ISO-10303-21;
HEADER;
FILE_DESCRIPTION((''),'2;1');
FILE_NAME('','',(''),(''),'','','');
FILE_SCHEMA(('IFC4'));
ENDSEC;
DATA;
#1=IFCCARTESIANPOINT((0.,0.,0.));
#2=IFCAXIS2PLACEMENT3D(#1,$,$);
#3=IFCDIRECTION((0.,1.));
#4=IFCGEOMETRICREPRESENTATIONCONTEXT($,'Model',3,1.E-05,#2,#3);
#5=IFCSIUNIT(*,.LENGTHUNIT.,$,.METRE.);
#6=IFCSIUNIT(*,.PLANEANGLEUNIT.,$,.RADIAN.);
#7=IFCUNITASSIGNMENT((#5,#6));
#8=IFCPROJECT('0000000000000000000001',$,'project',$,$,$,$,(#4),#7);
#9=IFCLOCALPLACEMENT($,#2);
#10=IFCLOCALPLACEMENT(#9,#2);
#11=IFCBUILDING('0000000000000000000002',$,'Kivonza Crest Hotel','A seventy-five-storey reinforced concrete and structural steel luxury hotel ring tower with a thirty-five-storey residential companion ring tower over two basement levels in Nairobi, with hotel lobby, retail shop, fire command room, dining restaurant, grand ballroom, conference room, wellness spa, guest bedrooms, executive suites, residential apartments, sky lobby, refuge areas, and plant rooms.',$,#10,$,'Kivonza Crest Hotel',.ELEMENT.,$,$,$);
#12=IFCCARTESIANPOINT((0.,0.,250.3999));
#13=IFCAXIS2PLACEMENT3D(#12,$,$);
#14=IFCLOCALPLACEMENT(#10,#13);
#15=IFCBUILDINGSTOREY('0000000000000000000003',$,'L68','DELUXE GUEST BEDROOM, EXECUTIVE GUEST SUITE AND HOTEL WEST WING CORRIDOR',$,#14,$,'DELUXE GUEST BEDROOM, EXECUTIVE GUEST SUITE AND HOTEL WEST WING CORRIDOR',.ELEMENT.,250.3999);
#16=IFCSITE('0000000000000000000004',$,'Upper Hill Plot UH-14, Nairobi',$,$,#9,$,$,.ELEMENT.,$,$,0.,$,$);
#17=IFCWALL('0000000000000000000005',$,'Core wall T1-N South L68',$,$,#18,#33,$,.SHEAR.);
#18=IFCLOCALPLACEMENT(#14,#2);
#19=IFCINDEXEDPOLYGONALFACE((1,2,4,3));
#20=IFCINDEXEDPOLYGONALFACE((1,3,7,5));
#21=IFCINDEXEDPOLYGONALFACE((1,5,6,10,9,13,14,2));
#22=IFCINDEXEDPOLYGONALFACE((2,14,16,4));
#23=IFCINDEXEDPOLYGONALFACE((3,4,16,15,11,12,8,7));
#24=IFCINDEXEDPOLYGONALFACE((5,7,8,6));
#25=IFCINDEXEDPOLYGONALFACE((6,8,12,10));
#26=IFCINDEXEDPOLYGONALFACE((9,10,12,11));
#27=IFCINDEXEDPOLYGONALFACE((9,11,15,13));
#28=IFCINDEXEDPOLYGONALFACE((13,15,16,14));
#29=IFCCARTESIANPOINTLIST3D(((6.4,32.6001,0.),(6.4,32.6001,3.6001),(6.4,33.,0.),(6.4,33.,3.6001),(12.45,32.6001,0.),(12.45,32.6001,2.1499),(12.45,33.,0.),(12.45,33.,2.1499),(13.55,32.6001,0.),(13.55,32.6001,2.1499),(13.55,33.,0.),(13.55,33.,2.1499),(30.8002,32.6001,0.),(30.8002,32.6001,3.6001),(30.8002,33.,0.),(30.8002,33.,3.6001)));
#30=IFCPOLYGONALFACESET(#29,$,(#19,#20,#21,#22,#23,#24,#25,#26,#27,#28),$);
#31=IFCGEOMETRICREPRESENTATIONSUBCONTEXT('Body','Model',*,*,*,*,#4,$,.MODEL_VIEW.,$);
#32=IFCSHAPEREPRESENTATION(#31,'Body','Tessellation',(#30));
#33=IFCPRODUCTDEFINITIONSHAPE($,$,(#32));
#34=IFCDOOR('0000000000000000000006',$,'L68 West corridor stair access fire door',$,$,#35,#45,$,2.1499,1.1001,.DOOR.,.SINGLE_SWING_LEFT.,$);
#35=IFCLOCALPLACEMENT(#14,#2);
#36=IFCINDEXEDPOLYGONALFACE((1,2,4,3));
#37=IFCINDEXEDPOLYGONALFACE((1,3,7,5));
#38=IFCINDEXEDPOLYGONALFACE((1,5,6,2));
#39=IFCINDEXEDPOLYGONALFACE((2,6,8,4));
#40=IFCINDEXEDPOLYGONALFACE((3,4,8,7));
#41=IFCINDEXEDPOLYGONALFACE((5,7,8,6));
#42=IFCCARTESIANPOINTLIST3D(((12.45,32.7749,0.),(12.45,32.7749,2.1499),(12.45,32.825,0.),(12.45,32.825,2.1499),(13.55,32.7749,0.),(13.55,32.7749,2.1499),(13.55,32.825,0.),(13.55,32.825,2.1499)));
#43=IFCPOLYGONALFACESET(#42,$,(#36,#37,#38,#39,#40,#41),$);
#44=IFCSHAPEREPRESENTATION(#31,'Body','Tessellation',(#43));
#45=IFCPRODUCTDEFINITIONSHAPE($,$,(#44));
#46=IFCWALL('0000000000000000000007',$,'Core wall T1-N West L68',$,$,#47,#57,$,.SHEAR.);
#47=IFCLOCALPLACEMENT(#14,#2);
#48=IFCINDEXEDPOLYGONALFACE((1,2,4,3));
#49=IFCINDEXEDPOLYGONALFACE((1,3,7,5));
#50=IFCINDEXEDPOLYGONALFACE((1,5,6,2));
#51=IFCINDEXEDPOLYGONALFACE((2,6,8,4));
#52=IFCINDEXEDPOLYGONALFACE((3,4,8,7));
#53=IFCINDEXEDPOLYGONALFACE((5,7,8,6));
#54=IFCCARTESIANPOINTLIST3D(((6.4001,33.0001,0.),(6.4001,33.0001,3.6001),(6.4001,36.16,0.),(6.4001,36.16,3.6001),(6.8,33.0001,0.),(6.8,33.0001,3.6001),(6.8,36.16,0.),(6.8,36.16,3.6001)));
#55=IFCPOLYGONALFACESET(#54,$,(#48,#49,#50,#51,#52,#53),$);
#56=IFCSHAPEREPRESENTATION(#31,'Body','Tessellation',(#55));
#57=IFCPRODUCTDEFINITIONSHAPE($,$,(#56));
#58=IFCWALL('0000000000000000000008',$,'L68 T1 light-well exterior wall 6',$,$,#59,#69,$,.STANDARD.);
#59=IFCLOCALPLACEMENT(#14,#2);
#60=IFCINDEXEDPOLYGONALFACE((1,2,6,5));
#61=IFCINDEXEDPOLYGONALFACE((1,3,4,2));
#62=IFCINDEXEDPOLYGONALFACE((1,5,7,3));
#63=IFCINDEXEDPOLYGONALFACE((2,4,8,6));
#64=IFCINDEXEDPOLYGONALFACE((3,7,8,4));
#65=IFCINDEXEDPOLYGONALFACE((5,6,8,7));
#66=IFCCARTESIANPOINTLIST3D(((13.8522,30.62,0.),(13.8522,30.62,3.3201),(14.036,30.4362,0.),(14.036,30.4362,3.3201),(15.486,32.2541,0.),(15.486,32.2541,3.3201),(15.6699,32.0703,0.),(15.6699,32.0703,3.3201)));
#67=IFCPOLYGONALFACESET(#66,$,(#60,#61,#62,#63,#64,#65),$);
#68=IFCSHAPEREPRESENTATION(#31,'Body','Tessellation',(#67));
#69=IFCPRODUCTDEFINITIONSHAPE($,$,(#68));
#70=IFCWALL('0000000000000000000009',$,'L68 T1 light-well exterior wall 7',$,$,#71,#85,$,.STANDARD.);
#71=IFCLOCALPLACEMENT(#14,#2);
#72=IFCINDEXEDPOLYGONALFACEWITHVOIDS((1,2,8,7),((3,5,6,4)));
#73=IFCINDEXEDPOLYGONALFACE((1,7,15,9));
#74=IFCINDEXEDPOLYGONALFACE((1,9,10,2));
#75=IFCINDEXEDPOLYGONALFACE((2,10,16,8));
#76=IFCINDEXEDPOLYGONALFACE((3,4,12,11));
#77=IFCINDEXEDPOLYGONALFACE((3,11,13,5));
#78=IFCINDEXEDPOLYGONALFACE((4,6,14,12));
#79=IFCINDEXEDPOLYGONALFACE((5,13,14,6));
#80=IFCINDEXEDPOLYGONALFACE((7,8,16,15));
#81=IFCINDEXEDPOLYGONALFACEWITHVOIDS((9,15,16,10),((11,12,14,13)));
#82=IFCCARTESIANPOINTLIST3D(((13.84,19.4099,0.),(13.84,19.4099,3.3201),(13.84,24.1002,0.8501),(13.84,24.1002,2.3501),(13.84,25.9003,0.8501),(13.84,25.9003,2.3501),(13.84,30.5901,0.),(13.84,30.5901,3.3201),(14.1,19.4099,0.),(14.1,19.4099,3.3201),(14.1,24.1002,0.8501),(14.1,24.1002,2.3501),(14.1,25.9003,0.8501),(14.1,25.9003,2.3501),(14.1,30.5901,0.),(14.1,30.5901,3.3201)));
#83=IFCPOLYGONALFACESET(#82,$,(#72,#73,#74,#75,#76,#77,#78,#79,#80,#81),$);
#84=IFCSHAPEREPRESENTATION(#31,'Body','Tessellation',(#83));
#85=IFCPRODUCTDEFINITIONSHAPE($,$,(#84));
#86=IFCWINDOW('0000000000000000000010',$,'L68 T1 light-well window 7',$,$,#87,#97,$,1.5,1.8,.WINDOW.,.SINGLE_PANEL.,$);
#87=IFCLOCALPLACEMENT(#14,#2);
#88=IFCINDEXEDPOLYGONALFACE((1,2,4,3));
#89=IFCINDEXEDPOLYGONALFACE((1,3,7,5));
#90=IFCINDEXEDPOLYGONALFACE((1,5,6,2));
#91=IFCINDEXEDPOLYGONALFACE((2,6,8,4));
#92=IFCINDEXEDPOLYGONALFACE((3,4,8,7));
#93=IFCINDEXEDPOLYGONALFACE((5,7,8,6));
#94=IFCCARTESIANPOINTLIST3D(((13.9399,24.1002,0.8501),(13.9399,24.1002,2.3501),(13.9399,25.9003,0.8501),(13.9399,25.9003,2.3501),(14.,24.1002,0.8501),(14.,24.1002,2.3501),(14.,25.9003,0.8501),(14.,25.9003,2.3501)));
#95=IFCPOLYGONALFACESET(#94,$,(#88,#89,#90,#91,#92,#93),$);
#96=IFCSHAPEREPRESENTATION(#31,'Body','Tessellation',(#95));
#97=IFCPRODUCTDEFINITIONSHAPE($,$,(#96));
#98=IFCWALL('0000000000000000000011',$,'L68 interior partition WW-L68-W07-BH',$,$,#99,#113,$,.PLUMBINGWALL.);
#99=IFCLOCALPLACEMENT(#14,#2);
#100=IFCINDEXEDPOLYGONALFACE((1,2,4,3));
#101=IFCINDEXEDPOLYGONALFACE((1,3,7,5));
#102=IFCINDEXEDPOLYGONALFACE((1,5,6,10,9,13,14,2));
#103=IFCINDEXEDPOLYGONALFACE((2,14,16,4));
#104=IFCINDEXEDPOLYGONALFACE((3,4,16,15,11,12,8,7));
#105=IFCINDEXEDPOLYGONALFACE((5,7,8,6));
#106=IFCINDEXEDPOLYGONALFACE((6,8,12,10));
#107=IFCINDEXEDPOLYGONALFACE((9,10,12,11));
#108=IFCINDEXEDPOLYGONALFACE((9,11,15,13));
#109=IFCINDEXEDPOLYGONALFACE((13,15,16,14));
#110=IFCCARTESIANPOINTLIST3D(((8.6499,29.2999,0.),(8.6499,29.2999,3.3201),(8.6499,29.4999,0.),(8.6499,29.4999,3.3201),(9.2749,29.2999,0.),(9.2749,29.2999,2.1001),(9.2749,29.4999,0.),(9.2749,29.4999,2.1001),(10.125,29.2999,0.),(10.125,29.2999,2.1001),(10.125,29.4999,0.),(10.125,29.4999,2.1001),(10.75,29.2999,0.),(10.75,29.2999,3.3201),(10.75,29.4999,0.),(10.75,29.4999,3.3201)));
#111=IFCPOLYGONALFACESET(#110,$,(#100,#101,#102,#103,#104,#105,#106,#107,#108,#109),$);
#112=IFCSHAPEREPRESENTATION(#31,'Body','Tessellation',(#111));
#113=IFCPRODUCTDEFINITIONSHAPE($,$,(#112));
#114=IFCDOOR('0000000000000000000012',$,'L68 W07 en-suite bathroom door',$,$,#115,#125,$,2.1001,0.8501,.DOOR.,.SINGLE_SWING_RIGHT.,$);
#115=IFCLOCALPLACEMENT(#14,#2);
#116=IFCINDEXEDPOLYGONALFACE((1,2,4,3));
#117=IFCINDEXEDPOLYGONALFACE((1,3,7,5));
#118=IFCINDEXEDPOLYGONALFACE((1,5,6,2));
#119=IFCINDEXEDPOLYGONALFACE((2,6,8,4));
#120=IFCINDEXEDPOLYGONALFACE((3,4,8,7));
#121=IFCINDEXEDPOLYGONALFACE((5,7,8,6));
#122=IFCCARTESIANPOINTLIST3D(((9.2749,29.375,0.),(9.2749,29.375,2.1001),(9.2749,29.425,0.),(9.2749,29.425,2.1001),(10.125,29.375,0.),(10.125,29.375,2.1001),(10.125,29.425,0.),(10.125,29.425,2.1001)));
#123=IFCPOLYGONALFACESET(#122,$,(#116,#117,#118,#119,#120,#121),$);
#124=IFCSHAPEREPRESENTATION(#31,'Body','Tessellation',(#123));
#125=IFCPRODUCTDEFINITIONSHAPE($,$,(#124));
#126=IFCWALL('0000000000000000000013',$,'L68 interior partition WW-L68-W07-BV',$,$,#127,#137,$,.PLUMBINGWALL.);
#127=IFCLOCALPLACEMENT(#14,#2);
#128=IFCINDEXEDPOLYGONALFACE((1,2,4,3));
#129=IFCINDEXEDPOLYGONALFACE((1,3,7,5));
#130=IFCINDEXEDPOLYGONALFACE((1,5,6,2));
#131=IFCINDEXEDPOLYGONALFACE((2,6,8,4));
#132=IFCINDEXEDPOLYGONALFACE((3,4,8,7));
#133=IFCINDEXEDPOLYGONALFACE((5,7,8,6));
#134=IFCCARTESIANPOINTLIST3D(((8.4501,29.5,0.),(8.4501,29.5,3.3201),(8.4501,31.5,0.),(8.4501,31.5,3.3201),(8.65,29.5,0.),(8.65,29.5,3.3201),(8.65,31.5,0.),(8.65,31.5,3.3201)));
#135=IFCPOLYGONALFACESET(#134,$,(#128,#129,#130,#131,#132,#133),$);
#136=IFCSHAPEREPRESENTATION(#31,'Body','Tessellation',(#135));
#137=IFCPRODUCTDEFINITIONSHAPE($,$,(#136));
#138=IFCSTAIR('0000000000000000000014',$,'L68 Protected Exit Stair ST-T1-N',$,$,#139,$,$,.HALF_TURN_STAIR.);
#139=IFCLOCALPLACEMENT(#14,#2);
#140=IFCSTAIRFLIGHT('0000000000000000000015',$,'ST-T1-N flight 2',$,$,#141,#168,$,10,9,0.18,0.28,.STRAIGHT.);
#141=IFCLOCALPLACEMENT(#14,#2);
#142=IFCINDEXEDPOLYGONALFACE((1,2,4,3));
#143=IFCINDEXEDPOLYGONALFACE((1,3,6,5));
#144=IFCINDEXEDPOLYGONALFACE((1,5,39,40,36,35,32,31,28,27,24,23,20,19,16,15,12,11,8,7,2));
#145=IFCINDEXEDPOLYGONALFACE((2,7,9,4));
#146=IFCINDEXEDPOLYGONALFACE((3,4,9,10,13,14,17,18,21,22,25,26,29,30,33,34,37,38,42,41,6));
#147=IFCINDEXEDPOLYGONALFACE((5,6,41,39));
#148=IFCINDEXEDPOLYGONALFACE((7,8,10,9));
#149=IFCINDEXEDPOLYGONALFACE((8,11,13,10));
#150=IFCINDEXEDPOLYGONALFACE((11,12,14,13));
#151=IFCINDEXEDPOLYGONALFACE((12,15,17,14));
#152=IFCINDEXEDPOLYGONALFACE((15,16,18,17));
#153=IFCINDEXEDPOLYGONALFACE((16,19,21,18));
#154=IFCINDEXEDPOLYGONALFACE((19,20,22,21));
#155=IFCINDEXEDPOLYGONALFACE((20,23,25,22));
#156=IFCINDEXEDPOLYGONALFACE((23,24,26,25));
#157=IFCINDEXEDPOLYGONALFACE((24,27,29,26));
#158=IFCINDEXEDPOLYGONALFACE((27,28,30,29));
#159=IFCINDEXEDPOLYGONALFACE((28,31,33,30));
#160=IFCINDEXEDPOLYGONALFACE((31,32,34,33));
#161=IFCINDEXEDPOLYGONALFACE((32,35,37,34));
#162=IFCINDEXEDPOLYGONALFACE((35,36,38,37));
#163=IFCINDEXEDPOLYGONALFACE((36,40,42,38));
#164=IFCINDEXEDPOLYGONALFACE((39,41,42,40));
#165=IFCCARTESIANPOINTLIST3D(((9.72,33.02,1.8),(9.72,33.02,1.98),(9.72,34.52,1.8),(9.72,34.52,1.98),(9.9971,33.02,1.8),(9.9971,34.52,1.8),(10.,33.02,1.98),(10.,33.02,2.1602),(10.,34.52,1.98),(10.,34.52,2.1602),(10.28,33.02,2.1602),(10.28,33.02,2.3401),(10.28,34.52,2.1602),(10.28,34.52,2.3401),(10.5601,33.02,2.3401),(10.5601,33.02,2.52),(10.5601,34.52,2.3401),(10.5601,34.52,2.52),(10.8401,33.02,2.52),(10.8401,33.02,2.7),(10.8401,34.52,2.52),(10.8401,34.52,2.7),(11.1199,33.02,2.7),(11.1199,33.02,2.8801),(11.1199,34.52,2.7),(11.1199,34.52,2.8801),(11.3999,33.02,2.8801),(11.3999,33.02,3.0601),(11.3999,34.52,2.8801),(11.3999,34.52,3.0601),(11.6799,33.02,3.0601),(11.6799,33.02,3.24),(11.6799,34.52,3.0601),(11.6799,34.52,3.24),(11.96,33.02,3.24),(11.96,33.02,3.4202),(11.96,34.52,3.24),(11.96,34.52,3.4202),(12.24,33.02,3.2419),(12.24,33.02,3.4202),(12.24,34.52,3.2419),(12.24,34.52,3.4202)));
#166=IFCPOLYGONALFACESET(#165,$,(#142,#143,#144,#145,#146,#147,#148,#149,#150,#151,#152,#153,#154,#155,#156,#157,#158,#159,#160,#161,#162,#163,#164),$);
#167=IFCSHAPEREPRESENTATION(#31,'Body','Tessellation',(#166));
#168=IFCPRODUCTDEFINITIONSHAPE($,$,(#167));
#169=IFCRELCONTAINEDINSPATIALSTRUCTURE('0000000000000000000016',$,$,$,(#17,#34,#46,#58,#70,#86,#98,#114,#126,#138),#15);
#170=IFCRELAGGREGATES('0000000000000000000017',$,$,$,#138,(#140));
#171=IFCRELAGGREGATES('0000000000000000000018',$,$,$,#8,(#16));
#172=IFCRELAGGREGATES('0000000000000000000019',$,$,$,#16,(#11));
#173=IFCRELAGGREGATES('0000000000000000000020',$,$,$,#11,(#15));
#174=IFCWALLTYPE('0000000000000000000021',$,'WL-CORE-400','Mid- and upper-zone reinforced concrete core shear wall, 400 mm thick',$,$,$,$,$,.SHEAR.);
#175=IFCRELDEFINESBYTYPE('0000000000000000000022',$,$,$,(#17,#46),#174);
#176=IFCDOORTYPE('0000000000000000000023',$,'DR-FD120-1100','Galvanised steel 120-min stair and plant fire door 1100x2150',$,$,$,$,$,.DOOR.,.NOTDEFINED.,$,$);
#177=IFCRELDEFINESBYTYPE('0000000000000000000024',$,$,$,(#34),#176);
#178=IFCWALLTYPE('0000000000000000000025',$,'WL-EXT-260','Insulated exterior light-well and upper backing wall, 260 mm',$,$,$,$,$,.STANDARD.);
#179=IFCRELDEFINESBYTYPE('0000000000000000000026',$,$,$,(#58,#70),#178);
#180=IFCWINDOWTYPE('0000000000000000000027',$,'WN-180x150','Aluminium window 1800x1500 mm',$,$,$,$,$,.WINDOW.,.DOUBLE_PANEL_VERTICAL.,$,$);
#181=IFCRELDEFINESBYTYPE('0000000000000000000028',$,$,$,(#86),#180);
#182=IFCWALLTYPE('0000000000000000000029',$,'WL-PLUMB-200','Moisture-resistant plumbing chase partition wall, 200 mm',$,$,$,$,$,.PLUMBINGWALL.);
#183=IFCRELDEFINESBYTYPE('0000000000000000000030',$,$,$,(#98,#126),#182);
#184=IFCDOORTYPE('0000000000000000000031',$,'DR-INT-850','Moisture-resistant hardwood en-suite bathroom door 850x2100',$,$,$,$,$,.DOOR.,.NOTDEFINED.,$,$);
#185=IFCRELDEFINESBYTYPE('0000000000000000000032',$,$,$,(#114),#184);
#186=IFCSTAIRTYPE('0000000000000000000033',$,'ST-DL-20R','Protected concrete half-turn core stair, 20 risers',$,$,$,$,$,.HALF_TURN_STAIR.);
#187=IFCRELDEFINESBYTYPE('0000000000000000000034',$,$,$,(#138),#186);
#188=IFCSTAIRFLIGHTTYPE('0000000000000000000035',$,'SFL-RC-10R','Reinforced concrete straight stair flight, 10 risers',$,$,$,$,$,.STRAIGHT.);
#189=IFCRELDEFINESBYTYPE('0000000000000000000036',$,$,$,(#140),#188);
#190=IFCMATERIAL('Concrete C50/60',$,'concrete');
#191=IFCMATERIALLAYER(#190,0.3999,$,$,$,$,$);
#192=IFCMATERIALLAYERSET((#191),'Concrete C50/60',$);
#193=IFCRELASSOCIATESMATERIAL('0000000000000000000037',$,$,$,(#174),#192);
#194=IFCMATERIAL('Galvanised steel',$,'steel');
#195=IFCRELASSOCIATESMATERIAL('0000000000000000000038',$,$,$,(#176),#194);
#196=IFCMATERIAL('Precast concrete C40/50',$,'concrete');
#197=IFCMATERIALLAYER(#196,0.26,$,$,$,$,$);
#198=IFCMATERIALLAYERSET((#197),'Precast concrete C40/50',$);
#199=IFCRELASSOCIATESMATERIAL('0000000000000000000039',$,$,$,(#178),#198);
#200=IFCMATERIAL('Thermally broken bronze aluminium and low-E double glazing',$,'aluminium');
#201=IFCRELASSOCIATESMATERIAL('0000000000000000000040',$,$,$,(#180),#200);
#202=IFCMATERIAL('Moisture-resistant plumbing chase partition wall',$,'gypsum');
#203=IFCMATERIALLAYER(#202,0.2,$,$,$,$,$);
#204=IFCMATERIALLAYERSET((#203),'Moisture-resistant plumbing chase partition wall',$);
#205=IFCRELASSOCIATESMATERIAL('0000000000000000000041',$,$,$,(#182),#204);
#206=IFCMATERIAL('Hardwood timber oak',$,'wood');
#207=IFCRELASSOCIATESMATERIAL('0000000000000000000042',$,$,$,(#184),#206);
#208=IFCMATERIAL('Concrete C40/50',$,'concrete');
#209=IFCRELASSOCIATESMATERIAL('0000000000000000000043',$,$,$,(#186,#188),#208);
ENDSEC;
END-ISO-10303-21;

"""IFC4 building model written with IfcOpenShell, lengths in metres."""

from ifc_helpers import new_model, si_unit, direction, frame, frame_2d, origin, place, context, subcontext, project, spatial, polyline, rectangle, outline, extrude, material, layer, layer_set, type_object, element, fill, aggregate, save


model = new_model("IFC4")

# Units and contexts
model_context = context("Model", 3, precision=1e-05, world=origin(), true_north=direction((0.0, 1.0)))
body_context = subcontext(model_context, "Body", "Model", "MODEL_VIEW")
ifc_project = project(units=[si_unit("LENGTHUNIT", "METRE"), si_unit("PLANEANGLEUNIT", "RADIAN")], contexts=[model_context])

# Site, building, storey
site_placement = place(None, origin())
site = spatial("IfcSite", under=ifc_project, at=site_placement, Name="Upper Hill Plot UH-14, Nairobi", CompositionType="ELEMENT", RefElevation=0.0)
building_placement = place(site_placement, origin())
building = spatial("IfcBuilding", under=site, at=building_placement, Name="Kivonza Crest Hotel", Description="A seventy-five-storey reinforced concrete and structural steel luxury hotel ring tower with a thirty-five-storey residential companion ring tower over two basement levels in Nairobi, with hotel lobby, retail shop, fire command room, dining restaurant, grand ballroom, conference room, wellness spa, guest bedrooms, executive suites, residential apartments, sky lobby, refuge areas, and plant rooms.", LongName="Kivonza Crest Hotel", CompositionType="ELEMENT")
storey_placement = place(building_placement, frame((0.0, 0.0, 250.3999)))
storey = spatial("IfcBuildingStorey", under=building, at=storey_placement, Name="L68", Description="DELUXE GUEST BEDROOM, EXECUTIVE GUEST SUITE AND HOTEL WEST WING CORRIDOR", LongName="DELUXE GUEST BEDROOM, EXECUTIVE GUEST SUITE AND HOTEL WEST WING CORRIDOR", CompositionType="ELEMENT", Elevation=250.3999)

# Shared definitions
ifc_material_1 = material(Name="Concrete C50/60", Category="concrete")

# Wall, opening, door
ifc_material_2 = material(Name="Hardwood timber oak", Category="wood")
ifc_layer_1 = layer(ifc_material_1, 0.3999)
ifc_layer_set_1 = layer_set([ifc_layer_1], Name="Concrete C50/60")
wall_type_1 = type_object("IfcWallType", Name="WL-CORE-400", Description="Mid- and upper-zone reinforced concrete core shear wall, 400 mm thick", PredefinedType="SHEAR", material=ifc_layer_set_1)
wall_1_placement = place(storey_placement, frame((6.3999, 32.8, 0.0), z_axis=(0.0, 0.0, 1.0), x_axis=(1.0, 0.0, 0.0)))
wall_1 = element("IfcWall", 1, at=wall_1_placement, inside=storey, type_object=wall_type_1, Name="Core wall T1-N South L68", PredefinedType="SHEAR", context=body_context, shape_type="SweptSolid", body=[
    extrude(rectangle(XDim=24.4001, YDim=0.3999, at=frame_2d((12.2002, 0.0))), origin(), (0.0, 0.0, 1.0), 3.6001),
])
opening_1_placement = place(wall_1_placement, frame((6.05, 0.0, 0.0)))
opening_1 = element("IfcOpeningElement", 2, at=opening_1_placement, cuts=wall_1, PredefinedType="OPENING", context=body_context, shape_type="SweptSolid", body=[
    extrude(rectangle(XDim=1.1001, YDim=2.1499, at=frame_2d((0.55, 1.075))), frame((0.0, 0.21, 0.0), z_axis=(0.0, -1.0, 0.0), x_axis=(1.0, 0.0, 0.0)), (0.0, 0.0, 1.0), 0.4199),
])
ifc_material_3 = material(Name="Galvanised steel", Category="steel")
door_type_1 = type_object("IfcDoorType", Name="DR-FD120-1100", Description="Galvanised steel 120-min stair and plant fire door 1100x2150", OperationType="NOTDEFINED", PredefinedType="DOOR", material=ifc_material_3)
door_1_placement = place(opening_1_placement, origin())
door_1 = element("IfcDoor", 3, at=door_1_placement, inside=storey, type_object=door_type_1, Name="L68 West corridor stair access fire door", OperationType="SINGLE_SWING_LEFT", OverallHeight=2.1499, OverallWidth=1.1001, PredefinedType="DOOR", context=body_context, shape_type="SweptSolid", body=[
    extrude(rectangle(XDim=1.1001, YDim=2.1499, at=frame_2d((0.55, 1.075))), frame((0.0, 0.0249, 0.0), z_axis=(0.0, -1.0, 0.0), x_axis=(1.0, 0.0, 0.0)), (0.0, 0.0, 1.0), 0.05),
])
fill(opening_1, door_1)

# Walls
wall_2_placement = place(storey_placement, frame((6.6001, 33.0, 0.0), z_axis=(0.0, 0.0, 1.0), x_axis=(0.0, 1.0, 0.0)))
element("IfcWall", 4, at=wall_2_placement, inside=storey, type_object=wall_type_1, Name="Core wall T1-N West L68", PredefinedType="SHEAR", context=body_context, shape_type="SweptSolid", body=[
    extrude(rectangle(XDim=3.1599, YDim=0.3999, at=frame_2d((1.5801, 0.0))), origin(), (0.0, 0.0, 1.0), 3.6001),
])
ifc_material_4 = material(Name="Precast concrete C40/50", Category="concrete")
ifc_layer_2 = layer(ifc_material_4, 0.26)
ifc_layer_set_2 = layer_set([ifc_layer_2], Name="Precast concrete C40/50")
wall_type_2 = type_object("IfcWallType", Name="WL-EXT-260", Description="Insulated exterior light-well and upper backing wall, 260 mm", PredefinedType="STANDARD", material=ifc_layer_set_2)
wall_3_placement = place(storey_placement, frame((15.5779, 32.1621, 0.0), z_axis=(0.0, 0.0, 1.0), x_axis=(-0.707054, -0.70716, 0.0)))
element("IfcWall", 5, at=wall_3_placement, inside=storey, type_object=wall_type_2, Name="L68 T1 light-well exterior wall 6", PredefinedType="STANDARD", context=body_context, shape_type="SweptSolid", body=[
    extrude(rectangle(XDim=2.3108, YDim=0.26, at=frame_2d((1.1553, 0.0))), origin(), (0.0, 0.0, 1.0), 3.3201),
])

# Wall, opening, window
wall_4_placement = place(storey_placement, frame((13.97, 30.5901, 0.0), z_axis=(0.0, 0.0, 1.0), x_axis=(0.0, -1.0, 0.0)))
wall_4 = element("IfcWall", 6, at=wall_4_placement, inside=storey, type_object=wall_type_2, Name="L68 T1 light-well exterior wall 7", PredefinedType="STANDARD", context=body_context, shape_type="SweptSolid", body=[
    extrude(rectangle(XDim=11.1802, YDim=0.26, at=frame_2d((5.5901, 0.0))), origin(), (0.0, 0.0, 1.0), 3.3201),
])
opening_2_placement = place(wall_4_placement, frame((4.6899, 0.0, 0.8501)))
opening_2 = element("IfcOpeningElement", 7, at=opening_2_placement, cuts=wall_4, PredefinedType="OPENING", context=body_context, shape_type="SweptSolid", body=[
    extrude(rectangle(XDim=1.8, YDim=1.5, at=frame_2d((0.8999, 0.75))), frame((0.0, 0.1401, 0.0), z_axis=(0.0, -1.0, 0.0), x_axis=(1.0, 0.0, 0.0)), (0.0, 0.0, 1.0), 0.28),
])
ifc_material_5 = material(Name="Thermally broken bronze aluminium and low-E double glazing", Category="aluminium")
window_type = type_object("IfcWindowType", Name="WN-180x150", Description="Aluminium window 1800x1500 mm", PartitioningType="DOUBLE_PANEL_VERTICAL", PredefinedType="WINDOW", material=ifc_material_5)
window_placement = place(opening_2_placement, origin())
window = element("IfcWindow", 8, at=window_placement, inside=storey, type_object=window_type, Name="L68 T1 light-well window 7", OverallHeight=1.5, OverallWidth=1.8, PartitioningType="SINGLE_PANEL", PredefinedType="WINDOW", context=body_context, shape_type="SweptSolid", body=[
    extrude(rectangle(XDim=1.8, YDim=1.5, at=frame_2d((0.8999, 0.75))), frame((0.0, 0.03, 0.0), z_axis=(0.0, -1.0, 0.0), x_axis=(1.0, 0.0, 0.0)), (0.0, 0.0, 1.0), 0.0601),
])
fill(opening_2, window)

# Wall, opening, door
ifc_material_6 = material(Name="Moisture-resistant plumbing chase partition wall", Category="gypsum")
ifc_layer_3 = layer(ifc_material_6, 0.2)
ifc_layer_set_3 = layer_set([ifc_layer_3], Name="Moisture-resistant plumbing chase partition wall")
wall_type_3 = type_object("IfcWallType", Name="WL-PLUMB-200", Description="Moisture-resistant plumbing chase partition wall, 200 mm", PredefinedType="PLUMBINGWALL", material=ifc_layer_set_3)
wall_5_placement = place(storey_placement, frame((8.6499, 29.3999, 0.0), z_axis=(0.0, 0.0, 1.0), x_axis=(1.0, 0.0, 0.0)))
wall_5 = element("IfcWall", 9, at=wall_5_placement, inside=storey, type_object=wall_type_3, Name="L68 interior partition WW-L68-W07-BH", PredefinedType="PLUMBINGWALL", context=body_context, shape_type="SweptSolid", body=[
    extrude(rectangle(XDim=2.1001, YDim=0.2, at=frame_2d((1.05, 0.0))), origin(), (0.0, 0.0, 1.0), 3.3201),
])
opening_3_placement = place(wall_5_placement, frame((0.625, 0.0, 0.0)))
opening_3 = element("IfcOpeningElement", 10, at=opening_3_placement, cuts=wall_5, PredefinedType="OPENING", context=body_context, shape_type="SweptSolid", body=[
    extrude(rectangle(XDim=0.8501, YDim=2.1001, at=frame_2d((0.425, 1.05))), frame((0.0, 0.1099, 0.0), z_axis=(0.0, -1.0, 0.0), x_axis=(1.0, 0.0, 0.0)), (0.0, 0.0, 1.0), 0.22),
])
door_type_2 = type_object("IfcDoorType", Name="DR-INT-850", Description="Moisture-resistant hardwood en-suite bathroom door 850x2100", OperationType="NOTDEFINED", PredefinedType="DOOR", material=ifc_material_2)
door_2_placement = place(opening_3_placement, frame((0.8501, 0.0, 0.0), z_axis=(0.0, 0.0, 1.0), x_axis=(-1.0, 0.0, 0.0)))
door_2 = element("IfcDoor", 11, at=door_2_placement, inside=storey, type_object=door_type_2, Name="L68 W07 en-suite bathroom door", OperationType="SINGLE_SWING_RIGHT", OverallHeight=2.1001, OverallWidth=0.8501, PredefinedType="DOOR", context=body_context, shape_type="SweptSolid", body=[
    extrude(rectangle(XDim=0.8501, YDim=2.1001, at=frame_2d((0.425, 1.05))), frame((0.0, 0.0249, 0.0), z_axis=(0.0, -1.0, 0.0), x_axis=(1.0, 0.0, 0.0)), (0.0, 0.0, 1.0), 0.05),
])
fill(opening_3, door_2)

# Wall
wall_6_placement = place(storey_placement, frame((8.55, 29.5, 0.0), z_axis=(0.0, 0.0, 1.0), x_axis=(0.0, 1.0, 0.0)))
element("IfcWall", 12, at=wall_6_placement, inside=storey, type_object=wall_type_3, Name="L68 interior partition WW-L68-W07-BV", PredefinedType="PLUMBINGWALL", context=body_context, shape_type="SweptSolid", body=[
    extrude(rectangle(XDim=2.0, YDim=0.2, at=frame_2d((1.0, 0.0))), origin(), (0.0, 0.0, 1.0), 3.3201),
])

# Stair, stair flight
ifc_material_7 = material(Name="Concrete C40/50", Category="concrete")
stair_type = type_object("IfcStairType", Name="ST-DL-20R", Description="Protected concrete half-turn core stair, 20 risers", PredefinedType="HALF_TURN_STAIR", material=ifc_material_7)
stair_placement = place(storey_placement, origin())
stair = element("IfcStair", 13, at=stair_placement, inside=storey, type_object=stair_type, Name="L68 Protected Exit Stair ST-T1-N", PredefinedType="HALF_TURN_STAIR")
stair_flight_type = type_object("IfcStairFlightType", Name="SFL-RC-10R", Description="Reinforced concrete straight stair flight, 10 risers", PredefinedType="STRAIGHT", material=ifc_material_7)
stair_flight_placement = place(storey_placement, frame((9.72, 33.77, 1.8), z_axis=(0.0, 0.0, 1.0), x_axis=(1.0, 0.0, 0.0)))
stair_flight = element("IfcStairFlight", 14, at=stair_flight_placement, type_object=stair_flight_type, Name="ST-T1-N flight 2", NumberOfRisers=10, NumberOfTreads=9, PredefinedType="STRAIGHT", RiserHeight=0.18, TreadLength=0.28, context=body_context, shape_type="SweptSolid", body=[
    extrude(outline(polyline([(0.0, 0.0), (0.0, 0.1799), (0.28, 0.1799), (0.28, 0.3601), (0.5601, 0.3601), (0.5601, 0.54), (0.8401, 0.54), (0.8401, 0.72), (1.1201, 0.72), (1.1201, 0.8999), (1.3999, 0.8999), (1.3999, 1.0801), (1.6799, 1.0801), (1.6799, 1.26), (1.96, 1.26), (1.96, 1.4399), (2.24, 1.4399), (2.24, 1.6201), (2.52, 1.6201), (2.52, 1.8), (2.52, 1.4419), (0.2771, 0.0), (0.0, 0.0)])), frame((0.0, 0.75, 0.0), z_axis=(0.0, -1.0, 0.0), x_axis=(1.0, 0.0, 0.0)), (0.0, 0.0, 1.0), 1.5),
])
aggregate(stair, [stair_flight])

save(model, "model.ifc")
